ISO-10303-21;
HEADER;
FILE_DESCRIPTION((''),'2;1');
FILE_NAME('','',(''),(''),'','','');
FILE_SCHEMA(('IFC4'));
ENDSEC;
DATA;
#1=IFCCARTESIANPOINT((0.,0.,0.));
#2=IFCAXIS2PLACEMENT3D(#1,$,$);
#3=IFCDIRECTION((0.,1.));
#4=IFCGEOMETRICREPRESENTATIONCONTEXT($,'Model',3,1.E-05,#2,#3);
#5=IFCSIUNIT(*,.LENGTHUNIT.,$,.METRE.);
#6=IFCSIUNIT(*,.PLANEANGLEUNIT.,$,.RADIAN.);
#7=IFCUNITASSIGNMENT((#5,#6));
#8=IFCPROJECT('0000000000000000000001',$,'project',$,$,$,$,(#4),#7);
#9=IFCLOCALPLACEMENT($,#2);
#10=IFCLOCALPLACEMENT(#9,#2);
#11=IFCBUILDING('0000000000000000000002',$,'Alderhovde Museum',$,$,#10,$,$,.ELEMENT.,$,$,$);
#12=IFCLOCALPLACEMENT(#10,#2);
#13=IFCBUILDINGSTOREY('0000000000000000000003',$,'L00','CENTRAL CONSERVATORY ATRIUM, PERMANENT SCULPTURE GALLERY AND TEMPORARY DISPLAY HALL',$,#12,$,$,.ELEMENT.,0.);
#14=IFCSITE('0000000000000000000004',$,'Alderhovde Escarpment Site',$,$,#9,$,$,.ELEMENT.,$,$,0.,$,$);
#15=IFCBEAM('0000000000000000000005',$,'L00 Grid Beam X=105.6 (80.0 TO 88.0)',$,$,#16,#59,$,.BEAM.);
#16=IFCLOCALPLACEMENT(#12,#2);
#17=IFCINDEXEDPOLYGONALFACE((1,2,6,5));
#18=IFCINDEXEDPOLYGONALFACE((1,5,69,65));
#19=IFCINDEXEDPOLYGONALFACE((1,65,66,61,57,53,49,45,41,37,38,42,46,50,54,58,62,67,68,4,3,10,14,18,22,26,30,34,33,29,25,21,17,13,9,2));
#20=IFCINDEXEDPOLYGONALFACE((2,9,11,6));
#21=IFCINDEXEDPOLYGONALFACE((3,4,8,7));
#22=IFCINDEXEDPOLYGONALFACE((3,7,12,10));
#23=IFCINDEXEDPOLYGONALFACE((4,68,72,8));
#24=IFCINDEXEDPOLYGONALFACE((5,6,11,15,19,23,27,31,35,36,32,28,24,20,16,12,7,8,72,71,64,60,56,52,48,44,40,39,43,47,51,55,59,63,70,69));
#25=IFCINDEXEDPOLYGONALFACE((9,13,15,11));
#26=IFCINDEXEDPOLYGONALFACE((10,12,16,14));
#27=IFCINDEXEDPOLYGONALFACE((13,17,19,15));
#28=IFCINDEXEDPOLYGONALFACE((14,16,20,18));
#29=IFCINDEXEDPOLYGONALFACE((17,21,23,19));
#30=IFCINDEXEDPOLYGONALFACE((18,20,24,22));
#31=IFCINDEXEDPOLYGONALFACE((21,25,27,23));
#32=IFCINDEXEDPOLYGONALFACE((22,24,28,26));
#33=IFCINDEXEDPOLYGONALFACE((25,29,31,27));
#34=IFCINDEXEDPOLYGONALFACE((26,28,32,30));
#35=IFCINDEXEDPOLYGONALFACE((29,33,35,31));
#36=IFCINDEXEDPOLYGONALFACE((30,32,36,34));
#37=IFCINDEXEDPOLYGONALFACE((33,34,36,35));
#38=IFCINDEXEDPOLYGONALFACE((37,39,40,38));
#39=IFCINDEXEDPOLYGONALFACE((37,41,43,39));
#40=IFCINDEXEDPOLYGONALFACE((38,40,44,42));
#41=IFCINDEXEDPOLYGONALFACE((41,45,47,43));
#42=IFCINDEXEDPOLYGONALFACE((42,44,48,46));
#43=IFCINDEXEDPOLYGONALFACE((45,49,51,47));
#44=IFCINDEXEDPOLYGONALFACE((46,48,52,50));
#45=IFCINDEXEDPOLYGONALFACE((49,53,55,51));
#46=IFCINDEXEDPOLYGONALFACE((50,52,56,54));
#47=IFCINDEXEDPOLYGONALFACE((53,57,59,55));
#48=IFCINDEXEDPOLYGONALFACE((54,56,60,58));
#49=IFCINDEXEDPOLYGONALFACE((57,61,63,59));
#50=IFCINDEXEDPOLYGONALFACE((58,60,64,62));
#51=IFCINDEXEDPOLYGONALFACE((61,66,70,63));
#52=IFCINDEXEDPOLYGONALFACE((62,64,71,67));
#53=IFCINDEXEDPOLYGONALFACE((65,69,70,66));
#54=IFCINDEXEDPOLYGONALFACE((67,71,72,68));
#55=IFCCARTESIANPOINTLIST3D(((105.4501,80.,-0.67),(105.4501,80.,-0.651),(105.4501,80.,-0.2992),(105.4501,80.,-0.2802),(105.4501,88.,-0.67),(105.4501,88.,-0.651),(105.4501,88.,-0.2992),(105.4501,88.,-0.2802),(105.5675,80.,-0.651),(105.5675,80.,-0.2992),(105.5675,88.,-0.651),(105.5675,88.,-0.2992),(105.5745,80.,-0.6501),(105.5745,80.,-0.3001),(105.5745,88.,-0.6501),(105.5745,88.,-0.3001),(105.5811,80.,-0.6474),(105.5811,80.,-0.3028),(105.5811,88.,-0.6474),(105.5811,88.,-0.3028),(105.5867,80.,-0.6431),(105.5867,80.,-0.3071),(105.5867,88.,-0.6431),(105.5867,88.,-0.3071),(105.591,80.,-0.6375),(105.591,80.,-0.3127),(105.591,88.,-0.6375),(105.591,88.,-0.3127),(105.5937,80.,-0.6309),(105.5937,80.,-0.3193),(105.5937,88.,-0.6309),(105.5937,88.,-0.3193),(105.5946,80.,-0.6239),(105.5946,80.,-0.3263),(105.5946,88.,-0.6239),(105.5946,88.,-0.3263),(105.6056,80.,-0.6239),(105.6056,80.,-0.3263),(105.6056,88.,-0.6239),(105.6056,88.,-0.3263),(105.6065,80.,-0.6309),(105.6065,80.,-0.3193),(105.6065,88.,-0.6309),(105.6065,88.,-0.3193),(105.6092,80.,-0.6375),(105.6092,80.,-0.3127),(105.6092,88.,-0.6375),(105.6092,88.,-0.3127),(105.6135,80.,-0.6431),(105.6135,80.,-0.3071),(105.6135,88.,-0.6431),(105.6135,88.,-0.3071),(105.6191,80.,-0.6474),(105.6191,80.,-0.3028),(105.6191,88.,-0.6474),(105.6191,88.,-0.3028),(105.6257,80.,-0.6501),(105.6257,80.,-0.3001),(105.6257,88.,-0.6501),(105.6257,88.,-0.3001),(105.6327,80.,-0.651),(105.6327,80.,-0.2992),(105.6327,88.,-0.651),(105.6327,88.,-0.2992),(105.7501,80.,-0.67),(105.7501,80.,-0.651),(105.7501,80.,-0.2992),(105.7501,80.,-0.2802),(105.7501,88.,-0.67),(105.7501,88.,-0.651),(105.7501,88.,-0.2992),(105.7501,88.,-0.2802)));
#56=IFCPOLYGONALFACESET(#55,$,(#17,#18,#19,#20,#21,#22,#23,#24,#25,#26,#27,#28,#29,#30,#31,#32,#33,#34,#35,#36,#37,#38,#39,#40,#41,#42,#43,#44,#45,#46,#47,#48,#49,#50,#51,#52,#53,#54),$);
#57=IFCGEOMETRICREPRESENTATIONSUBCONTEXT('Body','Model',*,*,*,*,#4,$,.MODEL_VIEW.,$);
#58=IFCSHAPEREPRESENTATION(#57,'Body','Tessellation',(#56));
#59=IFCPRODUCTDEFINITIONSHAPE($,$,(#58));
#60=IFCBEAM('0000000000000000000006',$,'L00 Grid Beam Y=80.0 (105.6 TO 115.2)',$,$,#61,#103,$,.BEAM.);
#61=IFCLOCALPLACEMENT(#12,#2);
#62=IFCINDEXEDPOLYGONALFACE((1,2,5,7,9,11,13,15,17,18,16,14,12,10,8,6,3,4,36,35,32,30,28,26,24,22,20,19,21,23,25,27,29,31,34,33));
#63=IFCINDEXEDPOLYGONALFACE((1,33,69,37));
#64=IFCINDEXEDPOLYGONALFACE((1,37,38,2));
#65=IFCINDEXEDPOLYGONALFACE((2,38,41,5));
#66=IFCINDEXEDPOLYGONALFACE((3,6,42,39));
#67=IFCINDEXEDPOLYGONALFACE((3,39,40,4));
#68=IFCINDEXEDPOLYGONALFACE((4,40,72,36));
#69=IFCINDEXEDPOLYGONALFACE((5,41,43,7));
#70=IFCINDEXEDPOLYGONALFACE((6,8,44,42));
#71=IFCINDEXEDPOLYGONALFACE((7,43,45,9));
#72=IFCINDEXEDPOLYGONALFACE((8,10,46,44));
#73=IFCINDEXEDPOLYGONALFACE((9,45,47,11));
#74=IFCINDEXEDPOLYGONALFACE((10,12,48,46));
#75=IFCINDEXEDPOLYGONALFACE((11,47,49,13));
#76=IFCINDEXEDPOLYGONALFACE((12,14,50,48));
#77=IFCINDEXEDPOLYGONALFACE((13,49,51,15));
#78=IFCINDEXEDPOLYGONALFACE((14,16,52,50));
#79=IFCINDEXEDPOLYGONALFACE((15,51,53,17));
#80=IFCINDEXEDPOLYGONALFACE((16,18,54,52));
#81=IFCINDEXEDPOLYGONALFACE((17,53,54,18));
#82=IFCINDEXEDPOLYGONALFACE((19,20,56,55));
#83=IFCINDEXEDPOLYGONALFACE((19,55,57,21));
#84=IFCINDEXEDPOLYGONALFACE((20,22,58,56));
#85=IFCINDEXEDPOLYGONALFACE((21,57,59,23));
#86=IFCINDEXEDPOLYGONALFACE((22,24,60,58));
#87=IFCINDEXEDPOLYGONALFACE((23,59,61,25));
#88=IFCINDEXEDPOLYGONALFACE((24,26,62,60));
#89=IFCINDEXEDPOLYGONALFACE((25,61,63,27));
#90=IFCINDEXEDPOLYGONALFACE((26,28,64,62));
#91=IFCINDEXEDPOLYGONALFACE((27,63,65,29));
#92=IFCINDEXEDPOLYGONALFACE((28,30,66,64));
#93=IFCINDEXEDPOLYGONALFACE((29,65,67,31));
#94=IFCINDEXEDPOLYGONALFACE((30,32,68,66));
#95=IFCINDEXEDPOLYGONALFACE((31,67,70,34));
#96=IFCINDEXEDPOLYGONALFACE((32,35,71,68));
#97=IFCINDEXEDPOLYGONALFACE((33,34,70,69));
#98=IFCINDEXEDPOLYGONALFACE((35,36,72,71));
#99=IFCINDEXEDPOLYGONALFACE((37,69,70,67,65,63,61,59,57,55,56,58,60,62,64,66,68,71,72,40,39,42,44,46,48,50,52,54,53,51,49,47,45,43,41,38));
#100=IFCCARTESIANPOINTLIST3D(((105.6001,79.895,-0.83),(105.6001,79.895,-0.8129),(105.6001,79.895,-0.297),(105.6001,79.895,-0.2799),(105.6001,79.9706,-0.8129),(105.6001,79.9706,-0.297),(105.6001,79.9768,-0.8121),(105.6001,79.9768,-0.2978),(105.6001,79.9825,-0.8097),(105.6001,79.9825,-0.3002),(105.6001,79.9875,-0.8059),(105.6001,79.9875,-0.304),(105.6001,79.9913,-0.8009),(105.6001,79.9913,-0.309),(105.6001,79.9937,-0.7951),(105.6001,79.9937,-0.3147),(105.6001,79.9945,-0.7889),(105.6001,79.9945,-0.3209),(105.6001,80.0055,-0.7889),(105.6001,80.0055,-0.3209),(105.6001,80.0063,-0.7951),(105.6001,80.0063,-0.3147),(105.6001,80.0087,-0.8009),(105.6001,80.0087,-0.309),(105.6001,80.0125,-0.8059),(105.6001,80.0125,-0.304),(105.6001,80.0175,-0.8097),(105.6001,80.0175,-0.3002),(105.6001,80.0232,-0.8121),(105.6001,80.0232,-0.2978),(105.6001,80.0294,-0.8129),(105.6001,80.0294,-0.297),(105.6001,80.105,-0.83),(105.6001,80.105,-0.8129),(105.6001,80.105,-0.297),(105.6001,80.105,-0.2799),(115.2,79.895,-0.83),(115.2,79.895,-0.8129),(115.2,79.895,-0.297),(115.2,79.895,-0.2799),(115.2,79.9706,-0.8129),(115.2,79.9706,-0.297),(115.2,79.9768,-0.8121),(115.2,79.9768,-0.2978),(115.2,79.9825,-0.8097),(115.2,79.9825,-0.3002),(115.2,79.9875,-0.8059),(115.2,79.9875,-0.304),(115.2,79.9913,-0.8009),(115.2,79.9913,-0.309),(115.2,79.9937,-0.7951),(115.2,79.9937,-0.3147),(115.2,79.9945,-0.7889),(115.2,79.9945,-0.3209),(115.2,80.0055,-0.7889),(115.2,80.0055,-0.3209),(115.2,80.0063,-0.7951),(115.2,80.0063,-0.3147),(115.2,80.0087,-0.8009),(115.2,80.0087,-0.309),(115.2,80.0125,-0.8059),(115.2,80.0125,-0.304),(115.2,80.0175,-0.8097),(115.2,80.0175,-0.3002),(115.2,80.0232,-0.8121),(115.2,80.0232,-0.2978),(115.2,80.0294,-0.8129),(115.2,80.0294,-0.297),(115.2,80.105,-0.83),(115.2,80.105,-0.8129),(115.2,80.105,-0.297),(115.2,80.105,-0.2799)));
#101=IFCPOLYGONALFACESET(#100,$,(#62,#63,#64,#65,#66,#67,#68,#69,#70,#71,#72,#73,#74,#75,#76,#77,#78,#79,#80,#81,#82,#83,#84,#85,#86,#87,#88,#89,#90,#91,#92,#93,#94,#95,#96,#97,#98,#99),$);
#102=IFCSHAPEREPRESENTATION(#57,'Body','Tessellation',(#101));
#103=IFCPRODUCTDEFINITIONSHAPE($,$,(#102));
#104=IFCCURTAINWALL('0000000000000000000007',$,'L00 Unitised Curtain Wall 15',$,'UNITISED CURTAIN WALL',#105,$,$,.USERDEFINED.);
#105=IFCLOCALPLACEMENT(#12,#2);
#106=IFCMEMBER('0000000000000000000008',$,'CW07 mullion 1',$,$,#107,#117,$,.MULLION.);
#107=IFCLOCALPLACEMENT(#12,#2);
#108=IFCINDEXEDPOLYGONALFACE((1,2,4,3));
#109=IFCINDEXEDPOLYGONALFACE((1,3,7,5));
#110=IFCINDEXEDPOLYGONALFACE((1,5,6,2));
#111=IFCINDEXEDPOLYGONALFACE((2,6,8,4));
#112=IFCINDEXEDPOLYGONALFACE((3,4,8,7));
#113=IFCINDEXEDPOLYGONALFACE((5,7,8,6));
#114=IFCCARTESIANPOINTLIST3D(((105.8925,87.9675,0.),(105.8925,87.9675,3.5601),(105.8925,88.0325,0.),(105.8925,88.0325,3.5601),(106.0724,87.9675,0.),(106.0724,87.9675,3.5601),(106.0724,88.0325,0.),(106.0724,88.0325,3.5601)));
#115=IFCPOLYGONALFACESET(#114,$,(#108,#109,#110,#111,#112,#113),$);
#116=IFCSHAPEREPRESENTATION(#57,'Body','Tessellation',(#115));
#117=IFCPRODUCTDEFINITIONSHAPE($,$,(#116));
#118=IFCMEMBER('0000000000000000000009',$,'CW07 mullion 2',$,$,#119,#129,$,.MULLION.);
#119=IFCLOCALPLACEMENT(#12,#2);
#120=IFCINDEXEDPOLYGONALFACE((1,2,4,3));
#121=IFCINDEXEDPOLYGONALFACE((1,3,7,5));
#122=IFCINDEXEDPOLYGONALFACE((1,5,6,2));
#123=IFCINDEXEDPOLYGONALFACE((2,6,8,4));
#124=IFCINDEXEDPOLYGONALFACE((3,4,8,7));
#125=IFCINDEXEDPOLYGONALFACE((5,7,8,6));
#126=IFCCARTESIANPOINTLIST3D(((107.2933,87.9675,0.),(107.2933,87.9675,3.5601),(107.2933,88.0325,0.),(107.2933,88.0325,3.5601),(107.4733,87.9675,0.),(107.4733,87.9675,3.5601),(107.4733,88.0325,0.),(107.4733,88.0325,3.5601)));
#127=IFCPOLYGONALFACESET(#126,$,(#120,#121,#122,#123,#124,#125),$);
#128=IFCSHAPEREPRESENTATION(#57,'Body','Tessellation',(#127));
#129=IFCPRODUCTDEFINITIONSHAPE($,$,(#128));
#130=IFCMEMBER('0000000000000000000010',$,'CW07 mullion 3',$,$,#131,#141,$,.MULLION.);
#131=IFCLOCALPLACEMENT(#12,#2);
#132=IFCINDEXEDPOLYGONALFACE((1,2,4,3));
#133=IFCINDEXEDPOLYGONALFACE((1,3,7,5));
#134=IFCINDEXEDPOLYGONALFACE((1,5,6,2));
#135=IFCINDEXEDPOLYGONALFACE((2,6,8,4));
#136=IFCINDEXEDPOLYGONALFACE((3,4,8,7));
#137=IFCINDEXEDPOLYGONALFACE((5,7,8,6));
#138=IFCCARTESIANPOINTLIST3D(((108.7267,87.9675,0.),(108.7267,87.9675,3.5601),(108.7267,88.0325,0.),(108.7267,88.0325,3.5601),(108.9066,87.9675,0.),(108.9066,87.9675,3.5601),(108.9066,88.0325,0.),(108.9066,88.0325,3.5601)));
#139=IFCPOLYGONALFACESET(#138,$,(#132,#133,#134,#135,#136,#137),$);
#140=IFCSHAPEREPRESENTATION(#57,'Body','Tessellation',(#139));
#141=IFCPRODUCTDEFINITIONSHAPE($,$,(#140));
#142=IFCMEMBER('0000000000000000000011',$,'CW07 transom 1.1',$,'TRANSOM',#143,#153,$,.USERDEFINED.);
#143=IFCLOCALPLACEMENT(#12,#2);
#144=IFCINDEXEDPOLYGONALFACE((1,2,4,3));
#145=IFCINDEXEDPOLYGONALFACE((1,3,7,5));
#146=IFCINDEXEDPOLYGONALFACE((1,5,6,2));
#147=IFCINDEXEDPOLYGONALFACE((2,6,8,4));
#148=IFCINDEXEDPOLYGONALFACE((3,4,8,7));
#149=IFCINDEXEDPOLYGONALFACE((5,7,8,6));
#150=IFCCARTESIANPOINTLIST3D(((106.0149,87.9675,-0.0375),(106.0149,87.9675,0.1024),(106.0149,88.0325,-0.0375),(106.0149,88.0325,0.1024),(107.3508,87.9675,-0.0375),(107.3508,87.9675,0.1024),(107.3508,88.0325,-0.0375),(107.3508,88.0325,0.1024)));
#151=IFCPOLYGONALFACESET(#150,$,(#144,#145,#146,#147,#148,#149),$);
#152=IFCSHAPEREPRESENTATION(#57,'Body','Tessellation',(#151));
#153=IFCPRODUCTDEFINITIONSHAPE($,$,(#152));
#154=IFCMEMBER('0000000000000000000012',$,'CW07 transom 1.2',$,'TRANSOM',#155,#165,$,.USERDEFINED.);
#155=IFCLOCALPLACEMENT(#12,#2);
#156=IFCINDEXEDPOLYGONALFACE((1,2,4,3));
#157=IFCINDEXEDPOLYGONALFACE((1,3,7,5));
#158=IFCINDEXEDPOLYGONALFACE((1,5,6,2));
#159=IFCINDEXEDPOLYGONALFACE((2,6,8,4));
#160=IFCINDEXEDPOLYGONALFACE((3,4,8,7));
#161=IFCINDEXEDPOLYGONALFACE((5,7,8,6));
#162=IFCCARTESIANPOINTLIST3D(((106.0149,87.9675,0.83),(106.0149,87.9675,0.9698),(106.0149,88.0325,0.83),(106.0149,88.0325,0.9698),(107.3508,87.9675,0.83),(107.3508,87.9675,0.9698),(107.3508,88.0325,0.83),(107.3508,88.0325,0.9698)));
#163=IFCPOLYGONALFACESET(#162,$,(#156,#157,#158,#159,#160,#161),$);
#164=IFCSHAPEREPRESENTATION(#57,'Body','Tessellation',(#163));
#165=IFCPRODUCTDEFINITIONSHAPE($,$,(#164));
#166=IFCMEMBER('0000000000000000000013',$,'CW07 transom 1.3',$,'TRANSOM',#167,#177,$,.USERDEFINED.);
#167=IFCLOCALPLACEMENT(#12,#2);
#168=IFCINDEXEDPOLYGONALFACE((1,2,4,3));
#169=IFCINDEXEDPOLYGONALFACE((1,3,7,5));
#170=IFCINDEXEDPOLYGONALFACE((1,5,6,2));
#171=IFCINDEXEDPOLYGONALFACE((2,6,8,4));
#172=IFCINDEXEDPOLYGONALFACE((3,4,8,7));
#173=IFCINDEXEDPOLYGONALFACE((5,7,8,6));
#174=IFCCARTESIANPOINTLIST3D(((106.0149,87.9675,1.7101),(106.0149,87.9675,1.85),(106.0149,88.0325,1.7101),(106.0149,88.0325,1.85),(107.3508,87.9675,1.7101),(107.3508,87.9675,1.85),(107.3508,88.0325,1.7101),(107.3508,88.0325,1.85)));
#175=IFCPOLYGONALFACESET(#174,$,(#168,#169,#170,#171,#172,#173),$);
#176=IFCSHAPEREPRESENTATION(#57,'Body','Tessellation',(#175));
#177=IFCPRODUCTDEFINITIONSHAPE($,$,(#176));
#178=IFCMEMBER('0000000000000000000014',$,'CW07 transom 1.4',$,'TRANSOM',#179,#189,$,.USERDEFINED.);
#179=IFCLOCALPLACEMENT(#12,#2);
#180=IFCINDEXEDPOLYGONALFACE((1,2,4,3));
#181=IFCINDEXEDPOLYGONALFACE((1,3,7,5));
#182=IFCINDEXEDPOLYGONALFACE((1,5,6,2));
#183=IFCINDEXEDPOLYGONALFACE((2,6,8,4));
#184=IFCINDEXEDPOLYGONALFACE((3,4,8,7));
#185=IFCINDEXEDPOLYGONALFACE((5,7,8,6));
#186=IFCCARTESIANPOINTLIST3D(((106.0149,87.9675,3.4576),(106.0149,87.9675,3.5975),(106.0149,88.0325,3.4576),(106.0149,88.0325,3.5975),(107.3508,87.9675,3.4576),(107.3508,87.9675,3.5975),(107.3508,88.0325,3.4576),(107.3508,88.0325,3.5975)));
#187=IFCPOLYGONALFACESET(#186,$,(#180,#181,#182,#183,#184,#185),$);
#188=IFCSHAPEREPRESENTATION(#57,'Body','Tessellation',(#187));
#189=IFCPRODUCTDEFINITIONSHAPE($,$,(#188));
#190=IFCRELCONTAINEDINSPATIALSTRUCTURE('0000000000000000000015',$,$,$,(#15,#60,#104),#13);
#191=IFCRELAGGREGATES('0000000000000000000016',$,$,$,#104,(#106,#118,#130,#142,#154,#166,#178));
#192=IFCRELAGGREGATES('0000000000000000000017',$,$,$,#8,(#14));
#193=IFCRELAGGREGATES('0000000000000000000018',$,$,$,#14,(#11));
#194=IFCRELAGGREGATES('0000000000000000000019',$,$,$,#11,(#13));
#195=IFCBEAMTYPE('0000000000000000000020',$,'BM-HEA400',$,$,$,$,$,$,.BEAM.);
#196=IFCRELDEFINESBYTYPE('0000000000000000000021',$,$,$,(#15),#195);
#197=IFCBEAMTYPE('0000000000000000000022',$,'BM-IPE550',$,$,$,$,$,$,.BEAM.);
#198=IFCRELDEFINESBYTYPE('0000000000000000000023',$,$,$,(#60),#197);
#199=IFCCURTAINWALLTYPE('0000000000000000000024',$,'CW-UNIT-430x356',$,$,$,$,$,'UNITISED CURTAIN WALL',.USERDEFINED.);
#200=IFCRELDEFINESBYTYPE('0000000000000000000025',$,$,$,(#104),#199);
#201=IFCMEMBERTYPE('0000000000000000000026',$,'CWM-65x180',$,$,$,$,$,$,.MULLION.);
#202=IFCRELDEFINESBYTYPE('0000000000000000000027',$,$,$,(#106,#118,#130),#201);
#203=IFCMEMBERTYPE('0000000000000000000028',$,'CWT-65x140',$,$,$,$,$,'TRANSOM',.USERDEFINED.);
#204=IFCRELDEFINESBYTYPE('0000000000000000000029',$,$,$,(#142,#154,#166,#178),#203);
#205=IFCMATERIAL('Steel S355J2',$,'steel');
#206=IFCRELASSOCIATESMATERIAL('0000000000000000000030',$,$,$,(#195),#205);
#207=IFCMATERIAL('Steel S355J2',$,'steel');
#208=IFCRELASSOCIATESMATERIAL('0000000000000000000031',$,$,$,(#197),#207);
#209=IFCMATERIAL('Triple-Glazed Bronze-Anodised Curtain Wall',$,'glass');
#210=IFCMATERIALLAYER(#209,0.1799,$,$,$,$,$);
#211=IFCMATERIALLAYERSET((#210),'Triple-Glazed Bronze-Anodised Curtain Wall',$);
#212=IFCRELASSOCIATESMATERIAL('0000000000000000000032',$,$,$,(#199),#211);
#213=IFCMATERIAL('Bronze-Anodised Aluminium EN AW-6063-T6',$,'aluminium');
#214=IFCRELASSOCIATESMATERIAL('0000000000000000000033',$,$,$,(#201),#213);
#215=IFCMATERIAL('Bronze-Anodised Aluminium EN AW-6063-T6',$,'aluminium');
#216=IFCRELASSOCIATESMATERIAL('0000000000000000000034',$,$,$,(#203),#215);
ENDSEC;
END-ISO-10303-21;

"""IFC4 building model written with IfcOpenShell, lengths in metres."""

from ifc_helpers import new_model, si_unit, direction, frame, origin, origin_2d, place, context, subcontext, project, spatial, rectangle, i_section, extrude, material, layer, layer_set, material_profile, profile_set, type_object, element, aggregate, save


model = new_model("IFC4")

# Units and contexts
model_context = context("Model", 3, precision=1e-05, world=origin(), true_north=direction((0.0, 1.0)))
body_context = subcontext(model_context, "Body", "Model", "MODEL_VIEW")
ifc_project = project(units=[si_unit("LENGTHUNIT", "METRE"), si_unit("PLANEANGLEUNIT", "RADIAN")], contexts=[model_context])

# Site, building, storey
site_placement = place(None, origin())
site = spatial("IfcSite", under=ifc_project, at=site_placement, Name="Alderhovde Escarpment Site", CompositionType="ELEMENT", RefElevation=0.0)
building_placement = place(site_placement, origin())
building = spatial("IfcBuilding", under=site, at=building_placement, Name="Alderhovde Museum", CompositionType="ELEMENT")
storey_placement = place(building_placement, origin())
storey = spatial("IfcBuildingStorey", under=building, at=storey_placement, Name="L00", Description="CENTRAL CONSERVATORY ATRIUM, PERMANENT SCULPTURE GALLERY AND TEMPORARY DISPLAY HALL", CompositionType="ELEMENT", Elevation=0.0)

# Beams
ifc_material_1 = material(Name="Steel S355J2", Category="steel")
ifc_material_profile_1 = material_profile(ifc_material_1, i_section(OverallWidth=0.3, OverallDepth=0.3899, WebThickness=0.011, FlangeThickness=0.019, FilletRadius=0.0271, at=origin_2d()), Name="HEA 400")
ifc_profile_set_1 = profile_set([ifc_material_profile_1], Name="Steel S355J2")
beam_type_1 = type_object("IfcBeamType", Name="BM-HEA400", PredefinedType="BEAM", material=ifc_profile_set_1)
beam_1_placement = place(storey_placement, frame((105.6001, 80.0, -0.4751), z_axis=(0.0, 1.0, 0.0), x_axis=(-1.0, 0.0, 0.0)))
element("IfcBeam", 1, at=beam_1_placement, inside=storey, type_object=beam_type_1, Name="L00 Grid Beam X=105.6 (80.0 TO 88.0)", PredefinedType="BEAM", context=body_context, shape_type="SweptSolid", body=[
    extrude(i_section(OverallWidth=0.3, OverallDepth=0.3899, WebThickness=0.011, FlangeThickness=0.019, FilletRadius=0.0271, at=origin_2d()), origin(), (0.0, 0.0, 1.0), 8.0),
])
ifc_material_2 = material(Name="Steel S355J2", Category="steel")
ifc_material_profile_2 = material_profile(ifc_material_2, i_section(OverallWidth=0.21, OverallDepth=0.55, WebThickness=0.011, FlangeThickness=0.0171, FilletRadius=0.0239, at=origin_2d()), Name="IPE 550")
ifc_profile_set_2 = profile_set([ifc_material_profile_2], Name="Steel S355J2")
beam_type_2 = type_object("IfcBeamType", Name="BM-IPE550", PredefinedType="BEAM", material=ifc_profile_set_2)
beam_2_placement = place(storey_placement, frame((105.6001, 80.0, -0.5549), z_axis=(1.0, 0.0, 0.0), x_axis=(0.0, 1.0, 0.0)))
element("IfcBeam", 2, at=beam_2_placement, inside=storey, type_object=beam_type_2, Name="L00 Grid Beam Y=80.0 (105.6 TO 115.2)", PredefinedType="BEAM", context=body_context, shape_type="SweptSolid", body=[
    extrude(i_section(OverallWidth=0.21, OverallDepth=0.55, WebThickness=0.011, FlangeThickness=0.0171, FilletRadius=0.0239, at=origin_2d()), origin(), (0.0, 0.0, 1.0), 9.5999),
])

# Curtain wall, members
ifc_material_3 = material(Name="Triple-Glazed Bronze-Anodised Curtain Wall", Category="glass")
ifc_layer_1 = layer(ifc_material_3, 0.1799)
ifc_layer_set_1 = layer_set([ifc_layer_1], Name="Triple-Glazed Bronze-Anodised Curtain Wall")
curtain_wall_type = type_object("IfcCurtainWallType", Name="CW-UNIT-430x356", ElementType="UNITISED CURTAIN WALL", PredefinedType="USERDEFINED", material=ifc_layer_set_1)
curtain_wall_placement = place(storey_placement, origin())
curtain_wall = element("IfcCurtainWall", 3, at=curtain_wall_placement, inside=storey, type_object=curtain_wall_type, Name="L00 Unitised Curtain Wall 15", ObjectType="UNITISED CURTAIN WALL", PredefinedType="USERDEFINED")
ifc_material_4 = material(Name="Bronze-Anodised Aluminium EN AW-6063-T6", Category="aluminium")
ifc_material_profile_3 = material_profile(ifc_material_4, rectangle(XDim=0.0649, YDim=0.1799, at=origin_2d()), Name="MULLION 65x180")
ifc_profile_set_3 = profile_set([ifc_material_profile_3], Name="Bronze-Anodised Aluminium EN AW-6063-T6")
member_type_1 = type_object("IfcMemberType", Name="CWM-65x180", PredefinedType="MULLION", material=ifc_profile_set_3)
member_1_placement = place(storey_placement, frame((105.9824, 88.0, 0.0), z_axis=(0.0, 0.0, 1.0), x_axis=(0.0, 1.0, 0.0)))
member_1 = element("IfcMember", 4, at=member_1_placement, type_object=member_type_1, Name="CW07 mullion 1", PredefinedType="MULLION", context=body_context, shape_type="SweptSolid", body=[
    extrude(rectangle(XDim=0.0649, YDim=0.1799, at=origin_2d()), origin(), (0.0, 0.0, 1.0), 3.5601),
])
member_2_placement = place(storey_placement, frame((107.3833, 88.0, 0.0), z_axis=(0.0, 0.0, 1.0), x_axis=(0.0, 1.0, 0.0)))
member_2 = element("IfcMember", 5, at=member_2_placement, type_object=member_type_1, Name="CW07 mullion 2", PredefinedType="MULLION", context=body_context, shape_type="SweptSolid", body=[
    extrude(rectangle(XDim=0.0649, YDim=0.1799, at=origin_2d()), origin(), (0.0, 0.0, 1.0), 3.5601),
])
member_3_placement = place(storey_placement, frame((108.8167, 88.0, 0.0), z_axis=(0.0, 0.0, 1.0), x_axis=(0.0, 1.0, 0.0)))
member_3 = element("IfcMember", 6, at=member_3_placement, type_object=member_type_1, Name="CW07 mullion 3", PredefinedType="MULLION", context=body_context, shape_type="SweptSolid", body=[
    extrude(rectangle(XDim=0.0649, YDim=0.1799, at=origin_2d()), origin(), (0.0, 0.0, 1.0), 3.5601),
])
ifc_material_5 = material(Name="Bronze-Anodised Aluminium EN AW-6063-T6", Category="aluminium")
ifc_material_profile_4 = material_profile(ifc_material_5, rectangle(XDim=0.0649, YDim=0.1399, at=origin_2d()), Name="TRANSOM 65x140")
ifc_profile_set_4 = profile_set([ifc_material_profile_4], Name="Bronze-Anodised Aluminium EN AW-6063-T6")
member_type_2 = type_object("IfcMemberType", Name="CWT-65x140", ElementType="TRANSOM", PredefinedType="USERDEFINED", material=ifc_profile_set_4)
member_4_placement = place(storey_placement, frame((106.0149, 88.0, 0.0325), z_axis=(1.0, 0.0, 0.0), x_axis=(0.0, 1.0, 0.0)))
member_4 = element("IfcMember", 7, at=member_4_placement, type_object=member_type_2, Name="CW07 transom 1.1", ObjectType="TRANSOM", PredefinedType="USERDEFINED", context=body_context, shape_type="SweptSolid", body=[
    extrude(rectangle(XDim=0.0649, YDim=0.1399, at=origin_2d()), origin(), (0.0, 0.0, 1.0), 1.3359),
])
member_5_placement = place(storey_placement, frame((106.0149, 88.0, 0.8999), z_axis=(1.0, 0.0, 0.0), x_axis=(0.0, 1.0, 0.0)))
member_5 = element("IfcMember", 8, at=member_5_placement, type_object=member_type_2, Name="CW07 transom 1.2", ObjectType="TRANSOM", PredefinedType="USERDEFINED", context=body_context, shape_type="SweptSolid", body=[
    extrude(rectangle(XDim=0.0649, YDim=0.1399, at=origin_2d()), origin(), (0.0, 0.0, 1.0), 1.3359),
])
member_6_placement = place(storey_placement, frame((106.0149, 88.0, 1.78), z_axis=(1.0, 0.0, 0.0), x_axis=(0.0, 1.0, 0.0)))
member_6 = element("IfcMember", 9, at=member_6_placement, type_object=member_type_2, Name="CW07 transom 1.3", ObjectType="TRANSOM", PredefinedType="USERDEFINED", context=body_context, shape_type="SweptSolid", body=[
    extrude(rectangle(XDim=0.0649, YDim=0.1399, at=origin_2d()), origin(), (0.0, 0.0, 1.0), 1.3359),
])
member_7_placement = place(storey_placement, frame((106.0149, 88.0, 3.5276), z_axis=(1.0, 0.0, 0.0), x_axis=(0.0, 1.0, 0.0)))
member_7 = element("IfcMember", 10, at=member_7_placement, type_object=member_type_2, Name="CW07 transom 1.4", ObjectType="TRANSOM", PredefinedType="USERDEFINED", context=body_context, shape_type="SweptSolid", body=[
    extrude(rectangle(XDim=0.0649, YDim=0.1399, at=origin_2d()), origin(), (0.0, 0.0, 1.0), 1.3359),
])

aggregate(curtain_wall, [member_1, member_2, member_3, member_4, member_5, member_6, member_7])

save(model, "model.ifc")
